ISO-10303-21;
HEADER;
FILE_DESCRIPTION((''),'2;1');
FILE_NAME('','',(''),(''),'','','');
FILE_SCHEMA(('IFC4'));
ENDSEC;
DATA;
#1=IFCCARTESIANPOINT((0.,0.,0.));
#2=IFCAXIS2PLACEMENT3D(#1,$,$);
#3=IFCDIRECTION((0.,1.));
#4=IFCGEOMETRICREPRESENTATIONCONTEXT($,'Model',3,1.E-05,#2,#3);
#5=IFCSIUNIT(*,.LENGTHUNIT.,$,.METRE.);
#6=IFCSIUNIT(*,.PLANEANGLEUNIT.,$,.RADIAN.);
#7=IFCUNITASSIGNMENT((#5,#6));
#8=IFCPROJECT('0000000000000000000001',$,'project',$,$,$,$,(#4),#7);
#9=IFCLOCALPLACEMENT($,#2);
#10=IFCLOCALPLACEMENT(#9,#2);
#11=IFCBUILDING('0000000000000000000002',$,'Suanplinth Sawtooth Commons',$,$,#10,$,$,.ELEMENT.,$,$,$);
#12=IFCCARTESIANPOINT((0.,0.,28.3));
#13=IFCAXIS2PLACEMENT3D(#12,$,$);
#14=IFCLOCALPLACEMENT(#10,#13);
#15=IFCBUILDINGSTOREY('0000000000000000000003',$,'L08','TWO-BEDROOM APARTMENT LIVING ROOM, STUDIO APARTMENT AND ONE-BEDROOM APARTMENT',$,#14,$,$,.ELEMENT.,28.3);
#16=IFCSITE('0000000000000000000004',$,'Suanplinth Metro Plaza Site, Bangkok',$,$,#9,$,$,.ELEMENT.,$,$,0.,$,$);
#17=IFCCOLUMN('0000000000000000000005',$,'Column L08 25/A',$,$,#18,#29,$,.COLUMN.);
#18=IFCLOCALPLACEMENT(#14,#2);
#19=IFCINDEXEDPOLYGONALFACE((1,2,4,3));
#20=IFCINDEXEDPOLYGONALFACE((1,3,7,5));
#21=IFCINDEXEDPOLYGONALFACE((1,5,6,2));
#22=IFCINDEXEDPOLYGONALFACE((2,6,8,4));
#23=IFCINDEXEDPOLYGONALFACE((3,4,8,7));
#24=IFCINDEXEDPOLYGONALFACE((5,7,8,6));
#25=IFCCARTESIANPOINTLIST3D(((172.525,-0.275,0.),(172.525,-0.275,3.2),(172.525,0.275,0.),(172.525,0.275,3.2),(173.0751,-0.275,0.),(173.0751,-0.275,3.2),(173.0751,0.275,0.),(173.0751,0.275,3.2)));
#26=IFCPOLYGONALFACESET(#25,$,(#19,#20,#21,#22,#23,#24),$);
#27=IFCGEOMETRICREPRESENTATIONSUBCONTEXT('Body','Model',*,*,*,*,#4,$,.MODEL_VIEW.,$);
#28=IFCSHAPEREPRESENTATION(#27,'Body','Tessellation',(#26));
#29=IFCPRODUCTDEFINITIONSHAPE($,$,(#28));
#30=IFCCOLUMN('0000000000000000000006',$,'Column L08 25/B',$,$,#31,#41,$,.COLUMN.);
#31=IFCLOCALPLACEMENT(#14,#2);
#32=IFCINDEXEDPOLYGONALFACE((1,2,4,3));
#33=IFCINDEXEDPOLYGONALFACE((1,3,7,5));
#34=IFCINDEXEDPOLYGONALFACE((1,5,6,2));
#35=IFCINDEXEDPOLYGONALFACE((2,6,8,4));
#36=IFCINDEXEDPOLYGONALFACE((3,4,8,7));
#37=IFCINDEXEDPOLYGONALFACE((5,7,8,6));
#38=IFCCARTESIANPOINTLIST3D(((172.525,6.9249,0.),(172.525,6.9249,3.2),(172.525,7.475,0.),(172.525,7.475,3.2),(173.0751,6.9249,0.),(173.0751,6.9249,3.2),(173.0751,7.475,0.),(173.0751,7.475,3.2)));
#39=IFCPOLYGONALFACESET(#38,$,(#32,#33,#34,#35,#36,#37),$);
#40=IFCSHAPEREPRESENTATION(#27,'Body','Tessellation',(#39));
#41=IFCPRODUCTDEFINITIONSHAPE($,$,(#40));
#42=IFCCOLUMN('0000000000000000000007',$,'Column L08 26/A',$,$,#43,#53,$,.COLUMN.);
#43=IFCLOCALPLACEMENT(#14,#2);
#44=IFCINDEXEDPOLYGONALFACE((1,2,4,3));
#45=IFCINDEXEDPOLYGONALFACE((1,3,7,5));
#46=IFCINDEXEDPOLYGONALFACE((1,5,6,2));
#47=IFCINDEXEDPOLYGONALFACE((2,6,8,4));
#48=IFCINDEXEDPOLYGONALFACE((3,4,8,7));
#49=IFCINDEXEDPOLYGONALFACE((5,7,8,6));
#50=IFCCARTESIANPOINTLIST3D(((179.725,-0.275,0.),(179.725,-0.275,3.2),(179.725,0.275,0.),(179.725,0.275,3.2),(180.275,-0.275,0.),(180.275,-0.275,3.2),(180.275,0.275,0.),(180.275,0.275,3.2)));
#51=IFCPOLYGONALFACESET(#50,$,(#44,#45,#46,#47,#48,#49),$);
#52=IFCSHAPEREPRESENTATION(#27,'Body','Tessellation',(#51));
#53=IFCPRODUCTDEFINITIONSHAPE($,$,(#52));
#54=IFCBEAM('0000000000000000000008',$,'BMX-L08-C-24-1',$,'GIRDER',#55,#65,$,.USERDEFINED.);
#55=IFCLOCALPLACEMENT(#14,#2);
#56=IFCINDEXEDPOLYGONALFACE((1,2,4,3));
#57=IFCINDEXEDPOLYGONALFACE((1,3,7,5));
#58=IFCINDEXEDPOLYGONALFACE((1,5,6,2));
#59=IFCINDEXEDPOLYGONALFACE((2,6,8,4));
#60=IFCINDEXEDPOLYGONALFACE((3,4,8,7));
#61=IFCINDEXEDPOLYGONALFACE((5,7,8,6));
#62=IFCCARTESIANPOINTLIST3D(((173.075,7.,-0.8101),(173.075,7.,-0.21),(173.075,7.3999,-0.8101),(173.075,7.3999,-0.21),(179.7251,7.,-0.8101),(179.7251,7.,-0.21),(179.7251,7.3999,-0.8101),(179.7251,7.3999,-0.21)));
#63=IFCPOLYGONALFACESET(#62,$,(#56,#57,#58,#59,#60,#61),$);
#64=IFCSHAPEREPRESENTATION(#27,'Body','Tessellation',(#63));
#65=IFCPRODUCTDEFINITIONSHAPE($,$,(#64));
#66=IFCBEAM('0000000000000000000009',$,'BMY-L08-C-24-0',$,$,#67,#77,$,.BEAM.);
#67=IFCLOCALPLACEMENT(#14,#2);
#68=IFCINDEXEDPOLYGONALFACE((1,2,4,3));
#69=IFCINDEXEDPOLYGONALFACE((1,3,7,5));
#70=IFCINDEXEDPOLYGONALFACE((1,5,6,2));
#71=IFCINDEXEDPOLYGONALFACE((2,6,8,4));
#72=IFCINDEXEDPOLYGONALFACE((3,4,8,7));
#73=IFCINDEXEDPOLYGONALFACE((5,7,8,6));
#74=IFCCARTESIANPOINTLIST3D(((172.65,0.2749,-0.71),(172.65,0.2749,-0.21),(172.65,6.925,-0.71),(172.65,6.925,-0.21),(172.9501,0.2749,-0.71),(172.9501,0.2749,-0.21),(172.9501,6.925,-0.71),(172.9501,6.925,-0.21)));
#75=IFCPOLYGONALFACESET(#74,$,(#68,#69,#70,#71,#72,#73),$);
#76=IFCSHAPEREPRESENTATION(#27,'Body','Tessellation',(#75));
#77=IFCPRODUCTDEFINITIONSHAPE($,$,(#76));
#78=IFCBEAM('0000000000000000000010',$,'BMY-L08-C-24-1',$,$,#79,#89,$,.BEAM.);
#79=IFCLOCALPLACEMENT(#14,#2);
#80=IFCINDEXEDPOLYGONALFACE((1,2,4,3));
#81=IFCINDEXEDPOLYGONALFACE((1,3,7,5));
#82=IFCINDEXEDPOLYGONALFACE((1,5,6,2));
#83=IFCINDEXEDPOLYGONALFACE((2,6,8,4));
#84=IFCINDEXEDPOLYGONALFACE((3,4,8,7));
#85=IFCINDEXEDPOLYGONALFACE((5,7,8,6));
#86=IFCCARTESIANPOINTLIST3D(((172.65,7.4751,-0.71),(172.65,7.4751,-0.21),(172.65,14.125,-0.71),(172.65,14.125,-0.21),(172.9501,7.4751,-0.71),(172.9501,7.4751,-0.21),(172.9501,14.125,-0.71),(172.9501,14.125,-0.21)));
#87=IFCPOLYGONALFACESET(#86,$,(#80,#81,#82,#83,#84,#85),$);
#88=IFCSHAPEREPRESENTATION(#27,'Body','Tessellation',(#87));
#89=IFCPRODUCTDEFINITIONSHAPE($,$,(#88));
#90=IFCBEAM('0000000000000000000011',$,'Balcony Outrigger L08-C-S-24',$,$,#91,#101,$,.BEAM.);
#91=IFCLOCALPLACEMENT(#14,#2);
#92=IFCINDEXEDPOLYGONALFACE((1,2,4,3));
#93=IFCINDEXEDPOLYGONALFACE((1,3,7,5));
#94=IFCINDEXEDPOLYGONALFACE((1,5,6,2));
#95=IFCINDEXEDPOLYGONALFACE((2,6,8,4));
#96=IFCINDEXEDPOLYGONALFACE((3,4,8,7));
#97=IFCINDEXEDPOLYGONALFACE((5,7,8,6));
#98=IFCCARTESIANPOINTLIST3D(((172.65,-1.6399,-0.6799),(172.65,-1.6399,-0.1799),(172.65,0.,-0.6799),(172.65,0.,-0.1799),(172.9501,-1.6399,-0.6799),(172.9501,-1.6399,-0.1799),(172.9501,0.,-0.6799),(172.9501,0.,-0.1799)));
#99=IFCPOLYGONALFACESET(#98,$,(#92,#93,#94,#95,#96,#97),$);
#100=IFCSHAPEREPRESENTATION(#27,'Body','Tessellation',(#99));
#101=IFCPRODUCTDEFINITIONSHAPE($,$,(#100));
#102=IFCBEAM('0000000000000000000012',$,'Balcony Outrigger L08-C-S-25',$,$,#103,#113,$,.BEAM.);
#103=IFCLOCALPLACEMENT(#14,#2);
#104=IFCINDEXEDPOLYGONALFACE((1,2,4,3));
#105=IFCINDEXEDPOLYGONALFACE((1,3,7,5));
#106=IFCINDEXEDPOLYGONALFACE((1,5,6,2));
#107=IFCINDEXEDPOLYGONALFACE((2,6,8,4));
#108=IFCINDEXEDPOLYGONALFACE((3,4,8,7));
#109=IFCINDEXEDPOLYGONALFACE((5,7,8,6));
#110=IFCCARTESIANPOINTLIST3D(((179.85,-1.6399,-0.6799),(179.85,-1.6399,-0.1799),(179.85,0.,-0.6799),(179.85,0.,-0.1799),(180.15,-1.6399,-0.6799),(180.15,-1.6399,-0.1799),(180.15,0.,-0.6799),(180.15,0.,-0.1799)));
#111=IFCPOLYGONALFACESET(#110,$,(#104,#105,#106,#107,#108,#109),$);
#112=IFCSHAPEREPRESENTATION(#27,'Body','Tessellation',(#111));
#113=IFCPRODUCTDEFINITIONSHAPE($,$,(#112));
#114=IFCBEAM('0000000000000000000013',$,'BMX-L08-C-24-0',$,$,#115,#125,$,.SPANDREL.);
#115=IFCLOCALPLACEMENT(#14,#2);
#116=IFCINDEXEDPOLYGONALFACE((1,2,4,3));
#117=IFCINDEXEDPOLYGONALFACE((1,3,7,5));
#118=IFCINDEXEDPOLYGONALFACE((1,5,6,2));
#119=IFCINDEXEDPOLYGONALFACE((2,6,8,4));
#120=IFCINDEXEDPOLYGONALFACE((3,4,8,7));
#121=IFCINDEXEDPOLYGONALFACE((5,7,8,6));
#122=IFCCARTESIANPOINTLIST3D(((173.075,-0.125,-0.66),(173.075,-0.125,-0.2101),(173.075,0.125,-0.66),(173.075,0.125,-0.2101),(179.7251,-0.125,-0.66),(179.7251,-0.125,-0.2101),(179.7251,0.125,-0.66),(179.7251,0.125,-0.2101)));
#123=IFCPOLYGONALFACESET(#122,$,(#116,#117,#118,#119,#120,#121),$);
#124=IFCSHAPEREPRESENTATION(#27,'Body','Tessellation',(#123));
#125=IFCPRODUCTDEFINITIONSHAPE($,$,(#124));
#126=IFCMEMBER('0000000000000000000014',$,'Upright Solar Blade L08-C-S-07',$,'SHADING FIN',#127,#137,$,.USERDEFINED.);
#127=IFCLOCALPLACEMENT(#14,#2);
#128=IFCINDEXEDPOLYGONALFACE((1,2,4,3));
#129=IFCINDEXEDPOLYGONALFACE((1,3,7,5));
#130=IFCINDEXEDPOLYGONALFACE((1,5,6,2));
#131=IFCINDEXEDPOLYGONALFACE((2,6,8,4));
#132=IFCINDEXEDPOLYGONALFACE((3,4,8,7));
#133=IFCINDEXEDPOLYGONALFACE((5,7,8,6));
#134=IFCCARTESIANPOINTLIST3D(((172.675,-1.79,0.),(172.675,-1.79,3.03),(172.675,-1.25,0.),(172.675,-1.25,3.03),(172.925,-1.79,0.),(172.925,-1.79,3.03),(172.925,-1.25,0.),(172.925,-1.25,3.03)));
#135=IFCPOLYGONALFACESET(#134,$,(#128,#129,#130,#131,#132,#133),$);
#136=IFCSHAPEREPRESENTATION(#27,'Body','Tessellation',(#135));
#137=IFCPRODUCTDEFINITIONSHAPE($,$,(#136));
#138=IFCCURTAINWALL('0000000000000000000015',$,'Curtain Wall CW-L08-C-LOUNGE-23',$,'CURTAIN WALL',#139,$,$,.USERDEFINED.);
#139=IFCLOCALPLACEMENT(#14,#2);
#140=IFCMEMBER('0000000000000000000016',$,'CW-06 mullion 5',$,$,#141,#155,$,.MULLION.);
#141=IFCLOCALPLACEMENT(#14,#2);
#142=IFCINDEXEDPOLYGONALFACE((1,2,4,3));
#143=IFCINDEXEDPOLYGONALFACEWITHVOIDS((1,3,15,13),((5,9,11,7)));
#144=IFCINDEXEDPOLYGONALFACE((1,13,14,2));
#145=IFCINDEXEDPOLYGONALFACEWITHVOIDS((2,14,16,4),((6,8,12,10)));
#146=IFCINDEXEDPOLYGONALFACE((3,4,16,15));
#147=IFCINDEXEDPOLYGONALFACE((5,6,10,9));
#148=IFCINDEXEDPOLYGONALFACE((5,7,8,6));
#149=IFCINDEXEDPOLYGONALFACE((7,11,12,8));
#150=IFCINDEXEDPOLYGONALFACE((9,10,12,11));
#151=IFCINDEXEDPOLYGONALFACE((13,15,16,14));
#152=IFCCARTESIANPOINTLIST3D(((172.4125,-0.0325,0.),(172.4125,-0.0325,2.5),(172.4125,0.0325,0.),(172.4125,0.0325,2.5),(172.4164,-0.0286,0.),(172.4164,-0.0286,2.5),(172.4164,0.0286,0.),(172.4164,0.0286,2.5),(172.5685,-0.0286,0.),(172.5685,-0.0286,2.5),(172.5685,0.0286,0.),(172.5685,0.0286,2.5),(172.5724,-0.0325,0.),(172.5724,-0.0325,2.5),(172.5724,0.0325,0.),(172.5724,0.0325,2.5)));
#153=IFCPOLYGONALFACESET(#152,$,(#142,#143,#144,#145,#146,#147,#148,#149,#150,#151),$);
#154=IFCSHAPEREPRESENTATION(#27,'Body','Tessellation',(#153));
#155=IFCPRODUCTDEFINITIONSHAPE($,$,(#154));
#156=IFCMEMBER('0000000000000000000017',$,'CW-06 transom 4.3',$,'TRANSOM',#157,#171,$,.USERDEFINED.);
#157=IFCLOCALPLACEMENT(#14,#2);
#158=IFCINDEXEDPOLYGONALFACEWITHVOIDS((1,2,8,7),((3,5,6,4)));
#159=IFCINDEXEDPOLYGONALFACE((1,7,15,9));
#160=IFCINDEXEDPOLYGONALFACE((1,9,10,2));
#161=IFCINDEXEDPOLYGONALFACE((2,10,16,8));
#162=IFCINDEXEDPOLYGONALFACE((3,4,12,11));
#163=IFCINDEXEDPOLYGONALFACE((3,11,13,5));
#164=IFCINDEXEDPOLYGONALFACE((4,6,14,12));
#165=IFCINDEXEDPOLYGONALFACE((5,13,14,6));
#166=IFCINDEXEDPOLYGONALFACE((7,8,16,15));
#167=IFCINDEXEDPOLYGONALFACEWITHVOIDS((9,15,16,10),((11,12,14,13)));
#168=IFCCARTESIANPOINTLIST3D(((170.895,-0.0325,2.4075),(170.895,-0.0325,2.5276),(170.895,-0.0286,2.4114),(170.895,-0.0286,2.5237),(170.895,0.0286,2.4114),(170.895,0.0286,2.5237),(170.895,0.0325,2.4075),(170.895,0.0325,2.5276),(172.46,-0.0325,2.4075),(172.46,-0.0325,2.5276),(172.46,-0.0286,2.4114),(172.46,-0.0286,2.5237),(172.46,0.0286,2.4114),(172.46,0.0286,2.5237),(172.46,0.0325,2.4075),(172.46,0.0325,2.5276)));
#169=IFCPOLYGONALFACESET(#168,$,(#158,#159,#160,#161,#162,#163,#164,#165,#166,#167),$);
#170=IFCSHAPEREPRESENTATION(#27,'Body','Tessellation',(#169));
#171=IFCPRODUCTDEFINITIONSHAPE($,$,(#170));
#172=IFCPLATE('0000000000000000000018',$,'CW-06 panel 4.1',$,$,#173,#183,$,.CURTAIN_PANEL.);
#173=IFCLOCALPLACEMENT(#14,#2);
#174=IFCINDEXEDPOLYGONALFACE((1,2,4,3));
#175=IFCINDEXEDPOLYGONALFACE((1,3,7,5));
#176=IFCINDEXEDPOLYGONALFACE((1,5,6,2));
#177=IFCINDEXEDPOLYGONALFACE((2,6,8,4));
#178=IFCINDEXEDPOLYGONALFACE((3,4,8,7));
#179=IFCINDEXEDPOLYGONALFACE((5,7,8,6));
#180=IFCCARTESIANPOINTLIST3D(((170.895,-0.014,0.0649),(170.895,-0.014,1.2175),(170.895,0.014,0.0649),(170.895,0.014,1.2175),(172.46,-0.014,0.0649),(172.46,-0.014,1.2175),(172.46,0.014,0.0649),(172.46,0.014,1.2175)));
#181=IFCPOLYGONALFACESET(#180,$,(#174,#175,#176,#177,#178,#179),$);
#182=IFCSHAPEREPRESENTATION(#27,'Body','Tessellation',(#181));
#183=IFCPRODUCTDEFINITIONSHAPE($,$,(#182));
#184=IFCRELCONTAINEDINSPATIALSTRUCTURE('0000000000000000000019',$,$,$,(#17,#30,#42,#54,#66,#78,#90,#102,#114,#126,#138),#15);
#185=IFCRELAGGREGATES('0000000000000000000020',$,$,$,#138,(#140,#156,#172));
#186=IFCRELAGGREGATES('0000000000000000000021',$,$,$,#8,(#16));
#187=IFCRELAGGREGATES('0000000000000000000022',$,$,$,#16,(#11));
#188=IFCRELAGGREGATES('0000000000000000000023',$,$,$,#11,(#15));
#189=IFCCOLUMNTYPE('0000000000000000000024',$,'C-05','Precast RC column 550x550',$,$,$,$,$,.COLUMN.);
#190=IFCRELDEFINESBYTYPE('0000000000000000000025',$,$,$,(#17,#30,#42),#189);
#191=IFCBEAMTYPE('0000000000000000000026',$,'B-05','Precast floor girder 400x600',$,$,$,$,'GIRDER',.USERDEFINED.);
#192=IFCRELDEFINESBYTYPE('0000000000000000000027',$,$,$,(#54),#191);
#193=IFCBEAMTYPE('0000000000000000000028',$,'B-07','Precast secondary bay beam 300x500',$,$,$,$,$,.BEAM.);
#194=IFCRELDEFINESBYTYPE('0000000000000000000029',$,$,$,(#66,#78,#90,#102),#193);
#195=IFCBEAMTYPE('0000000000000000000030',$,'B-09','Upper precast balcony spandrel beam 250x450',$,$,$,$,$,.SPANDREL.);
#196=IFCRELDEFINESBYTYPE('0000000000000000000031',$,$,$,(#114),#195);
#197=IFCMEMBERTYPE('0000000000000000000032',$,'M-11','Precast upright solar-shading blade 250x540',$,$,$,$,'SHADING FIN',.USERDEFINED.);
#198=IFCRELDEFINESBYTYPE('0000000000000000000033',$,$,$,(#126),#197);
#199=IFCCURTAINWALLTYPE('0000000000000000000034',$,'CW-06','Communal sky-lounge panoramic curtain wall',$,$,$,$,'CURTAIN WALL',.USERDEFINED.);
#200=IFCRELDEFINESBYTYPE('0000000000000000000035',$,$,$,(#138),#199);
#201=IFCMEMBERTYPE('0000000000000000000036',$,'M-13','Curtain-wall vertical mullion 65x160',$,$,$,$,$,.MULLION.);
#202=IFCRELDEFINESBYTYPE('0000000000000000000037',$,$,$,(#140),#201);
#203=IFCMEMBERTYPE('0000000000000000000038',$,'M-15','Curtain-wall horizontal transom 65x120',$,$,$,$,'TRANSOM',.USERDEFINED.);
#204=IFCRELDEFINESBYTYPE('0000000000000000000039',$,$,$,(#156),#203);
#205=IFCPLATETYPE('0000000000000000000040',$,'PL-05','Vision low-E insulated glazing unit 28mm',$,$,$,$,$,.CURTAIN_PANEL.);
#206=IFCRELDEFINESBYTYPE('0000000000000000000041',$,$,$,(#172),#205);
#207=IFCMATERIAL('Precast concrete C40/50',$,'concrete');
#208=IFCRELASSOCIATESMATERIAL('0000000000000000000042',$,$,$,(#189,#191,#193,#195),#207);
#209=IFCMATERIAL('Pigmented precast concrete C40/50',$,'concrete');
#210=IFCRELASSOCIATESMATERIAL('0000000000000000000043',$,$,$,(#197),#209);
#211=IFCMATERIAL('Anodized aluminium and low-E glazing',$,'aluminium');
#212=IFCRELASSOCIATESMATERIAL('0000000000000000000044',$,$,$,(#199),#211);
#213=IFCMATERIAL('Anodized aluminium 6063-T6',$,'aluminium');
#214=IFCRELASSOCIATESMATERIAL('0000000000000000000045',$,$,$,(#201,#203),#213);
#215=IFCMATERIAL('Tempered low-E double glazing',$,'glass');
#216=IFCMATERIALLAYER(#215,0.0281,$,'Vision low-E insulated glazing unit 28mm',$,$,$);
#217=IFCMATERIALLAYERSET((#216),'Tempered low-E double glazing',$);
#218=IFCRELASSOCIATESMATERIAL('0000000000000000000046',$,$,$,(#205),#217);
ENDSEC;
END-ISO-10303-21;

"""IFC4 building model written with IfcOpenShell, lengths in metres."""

from ifc_helpers import new_model, si_unit, direction, frame, origin, origin_2d, place, context, subcontext, project, spatial, rectangle, hollow_rectangle, extrude, material, layer, layer_set, material_profile, profile_set, type_object, element, aggregate, save


model = new_model("IFC4")

# Units and contexts
model_context = context("Model", 3, precision=1e-05, world=origin(), true_north=direction((0.0, 1.0)))
body_context = subcontext(model_context, "Body", "Model", "MODEL_VIEW")
ifc_project = project(units=[si_unit("LENGTHUNIT", "METRE"), si_unit("PLANEANGLEUNIT", "RADIAN")], contexts=[model_context])

# Site, building, storey
site_placement = place(None, origin())
site = spatial("IfcSite", under=ifc_project, at=site_placement, Name="Suanplinth Metro Plaza Site, Bangkok", CompositionType="ELEMENT", RefElevation=0.0)
building_placement = place(site_placement, origin())
building = spatial("IfcBuilding", under=site, at=building_placement, Name="Suanplinth Sawtooth Commons", CompositionType="ELEMENT")
storey_placement = place(building_placement, frame((0.0, 0.0, 28.3)))
storey = spatial("IfcBuildingStorey", under=building, at=storey_placement, Name="L08", Description="TWO-BEDROOM APARTMENT LIVING ROOM, STUDIO APARTMENT AND ONE-BEDROOM APARTMENT", CompositionType="ELEMENT", Elevation=28.3)

# Columns
ifc_material_1 = material(Name="Precast concrete C40/50", Category="concrete")
ifc_material_profile_1 = material_profile(ifc_material_1, rectangle(XDim=0.55, YDim=0.55, at=origin_2d()), Name="PC-COL 550x550")
ifc_profile_set_1 = profile_set([ifc_material_profile_1], Name="Precast concrete C40/50")
column_type = type_object("IfcColumnType", Name="C-05", Description="Precast RC column 550x550", PredefinedType="COLUMN", material=ifc_profile_set_1)
for number, where, z_axis, x_axis, name in (
    (1, (172.8, 0.0, 0.0), (0.0, 0.0, 1.0), (1.0, 0.0, 0.0), "Column L08 25/A"),
    (2, (172.8, 7.2, 0.0), (0.0, 0.0, 1.0), (1.0, 0.0, 0.0), "Column L08 25/B"),
    (3, (180.0, 0.0, 0.0), (0.0, 0.0, 1.0), (1.0, 0.0, 0.0), "Column L08 26/A"),
):
    element("IfcColumn", number, at=place(storey_placement, frame(where, z_axis=z_axis, x_axis=x_axis)), inside=storey, type_object=column_type, Name=name, PredefinedType="COLUMN", context=body_context, shape_type="SweptSolid", body=[
        extrude(rectangle(XDim=0.55, YDim=0.55, at=origin_2d()), origin(), (0.0, 0.0, 1.0), 3.2),
    ])

# Beams
ifc_material_profile_2 = material_profile(ifc_material_1, rectangle(XDim=0.3999, YDim=0.6001, at=origin_2d()), Name="PC-GDR 400x600")
ifc_profile_set_2 = profile_set([ifc_material_profile_2], Name="Precast concrete C40/50")
beam_type_1 = type_object("IfcBeamType", Name="B-05", Description="Precast floor girder 400x600", ElementType="GIRDER", PredefinedType="USERDEFINED", material=ifc_profile_set_2)
beam_1_placement = place(storey_placement, frame((173.075, 7.2, -0.51), z_axis=(1.0, 0.0, 0.0), x_axis=(0.0, 1.0, 0.0)))
element("IfcBeam", 4, at=beam_1_placement, inside=storey, type_object=beam_type_1, Name="BMX-L08-C-24-1", ObjectType="GIRDER", PredefinedType="USERDEFINED", context=body_context, shape_type="SweptSolid", body=[
    extrude(rectangle(XDim=0.3999, YDim=0.6001, at=origin_2d()), origin(), (0.0, 0.0, 1.0), 6.6501),
])
ifc_material_profile_3 = material_profile(ifc_material_1, rectangle(XDim=0.3, YDim=0.5, at=origin_2d()), Name="PC-BM 300x500")
ifc_profile_set_3 = profile_set([ifc_material_profile_3], Name="Precast concrete C40/50")
beam_type_2 = type_object("IfcBeamType", Name="B-07", Description="Precast secondary bay beam 300x500", PredefinedType="BEAM", material=ifc_profile_set_3)
beam_2_placement = place(storey_placement, frame((172.8, 0.2749, -0.46), z_axis=(0.0, 1.0, 0.0), x_axis=(-1.0, 0.0, 0.0)))
element("IfcBeam", 5, at=beam_2_placement, inside=storey, type_object=beam_type_2, Name="BMY-L08-C-24-0", PredefinedType="BEAM", context=body_context, shape_type="SweptSolid", body=[
    extrude(rectangle(XDim=0.3, YDim=0.5, at=origin_2d()), origin(), (0.0, 0.0, 1.0), 6.6501),
])
beam_3_placement = place(storey_placement, frame((172.8, 7.4751, -0.46), z_axis=(0.0, 1.0, 0.0), x_axis=(-1.0, 0.0, 0.0)))
element("IfcBeam", 6, at=beam_3_placement, inside=storey, type_object=beam_type_2, Name="BMY-L08-C-24-1", PredefinedType="BEAM", context=body_context, shape_type="SweptSolid", body=[
    extrude(rectangle(XDim=0.3, YDim=0.5, at=origin_2d()), origin(), (0.0, 0.0, 1.0), 6.6499),
])
for number, where, z_axis, x_axis, name in (
    (7, (172.8, 0.0, -0.4299), (0.0, -1.0, 0.0), (1.0, 0.0, 0.0), "Balcony Outrigger L08-C-S-24"),
    (8, (180.0, 0.0, -0.4299), (0.0, -1.0, 0.0), (1.0, 0.0, 0.0), "Balcony Outrigger L08-C-S-25"),
):
    element("IfcBeam", number, at=place(storey_placement, frame(where, z_axis=z_axis, x_axis=x_axis)), inside=storey, type_object=beam_type_2, Name=name, PredefinedType="BEAM", context=body_context, shape_type="SweptSolid", body=[
        extrude(rectangle(XDim=0.3, YDim=0.5, at=origin_2d()), origin(), (0.0, 0.0, 1.0), 1.6399),
    ])
ifc_material_profile_4 = material_profile(ifc_material_1, rectangle(XDim=0.25, YDim=0.45, at=origin_2d()), Name="PC-SP 250x450")
ifc_profile_set_4 = profile_set([ifc_material_profile_4], Name="Precast concrete C40/50")
beam_type_3 = type_object("IfcBeamType", Name="B-09", Description="Upper precast balcony spandrel beam 250x450", PredefinedType="SPANDREL", material=ifc_profile_set_4)
beam_4_placement = place(storey_placement, frame((173.075, 0.0, -0.4351), z_axis=(1.0, 0.0, 0.0), x_axis=(0.0, 1.0, 0.0)))
element("IfcBeam", 9, at=beam_4_placement, inside=storey, type_object=beam_type_3, Name="BMX-L08-C-24-0", PredefinedType="SPANDREL", context=body_context, shape_type="SweptSolid", body=[
    extrude(rectangle(XDim=0.25, YDim=0.45, at=origin_2d()), origin(), (0.0, 0.0, 1.0), 6.6501),
])

# Member
ifc_material_2 = material(Name="Pigmented precast concrete C40/50", Category="concrete")
ifc_material_profile_5 = material_profile(ifc_material_2, rectangle(XDim=0.25, YDim=0.54, at=origin_2d()), Name="PC-FIN 250x540")
ifc_profile_set_5 = profile_set([ifc_material_profile_5], Name="Pigmented precast concrete C40/50")
member_type_1 = type_object("IfcMemberType", Name="M-11", Description="Precast upright solar-shading blade 250x540", ElementType="SHADING FIN", PredefinedType="USERDEFINED", material=ifc_profile_set_5)
member_1_placement = place(storey_placement, frame((172.8, -1.52, 0.0), z_axis=(0.0, 0.0, 1.0), x_axis=(1.0, 0.0, 0.0)))
element("IfcMember", 10, at=member_1_placement, inside=storey, type_object=member_type_1, Name="Upright Solar Blade L08-C-S-07", ObjectType="SHADING FIN", PredefinedType="USERDEFINED", context=body_context, shape_type="SweptSolid", body=[
    extrude(rectangle(XDim=0.25, YDim=0.54, at=origin_2d()), origin(), (0.0, 0.0, 1.0), 3.03),
])

# Curtain wall, members, plate
ifc_material_3 = material(Name="Anodized aluminium and low-E glazing", Category="aluminium")
curtain_wall_type = type_object("IfcCurtainWallType", Name="CW-06", Description="Communal sky-lounge panoramic curtain wall", ElementType="CURTAIN WALL", PredefinedType="USERDEFINED", material=ifc_material_3)
curtain_wall_placement = place(storey_placement, origin())
curtain_wall = element("IfcCurtainWall", 11, at=curtain_wall_placement, inside=storey, type_object=curtain_wall_type, Name="Curtain Wall CW-L08-C-LOUNGE-23", ObjectType="CURTAIN WALL", PredefinedType="USERDEFINED")
ifc_material_4 = material(Name="Anodized aluminium 6063-T6", Category="aluminium")
ifc_material_profile_6 = material_profile(ifc_material_4, hollow_rectangle(XDim=0.0649, YDim=0.1599, WallThickness=0.0039, at=origin_2d()), Name="ALU-MUL 65x160")
ifc_profile_set_6 = profile_set([ifc_material_profile_6], Name="Anodized aluminium 6063-T6")
member_type_2 = type_object("IfcMemberType", Name="M-13", Description="Curtain-wall vertical mullion 65x160", PredefinedType="MULLION", material=ifc_profile_set_6)
member_2_placement = place(storey_placement, frame((172.4924, 0.0, 0.0), z_axis=(0.0, 0.0, 1.0), x_axis=(0.0, 1.0, 0.0)))
member_2 = element("IfcMember", 12, at=member_2_placement, type_object=member_type_2, Name="CW-06 mullion 5", PredefinedType="MULLION", context=body_context, shape_type="SweptSolid", body=[
    extrude(hollow_rectangle(XDim=0.0649, YDim=0.1599, WallThickness=0.0039, at=origin_2d()), origin(), (0.0, 0.0, 1.0), 2.5),
])
ifc_material_profile_7 = material_profile(ifc_material_4, hollow_rectangle(XDim=0.0649, YDim=0.1201, WallThickness=0.0039, at=origin_2d()), Name="ALU-TRN 65x120")
ifc_profile_set_7 = profile_set([ifc_material_profile_7], Name="Anodized aluminium 6063-T6")
member_type_3 = type_object("IfcMemberType", Name="M-15", Description="Curtain-wall horizontal transom 65x120", ElementType="TRANSOM", PredefinedType="USERDEFINED", material=ifc_profile_set_7)
member_3_placement = place(storey_placement, frame((170.895, 0.0, 2.4675), z_axis=(1.0, 0.0, 0.0), x_axis=(0.0, 1.0, 0.0)))
member_3 = element("IfcMember", 13, at=member_3_placement, type_object=member_type_3, Name="CW-06 transom 4.3", ObjectType="TRANSOM", PredefinedType="USERDEFINED", context=body_context, shape_type="SweptSolid", body=[
    extrude(hollow_rectangle(XDim=0.0649, YDim=0.1201, WallThickness=0.0039, at=origin_2d()), origin(), (0.0, 0.0, 1.0), 1.5649),
])
ifc_material_5 = material(Name="Tempered low-E double glazing", Category="glass")
ifc_layer_1 = layer(ifc_material_5, 0.0281, Name="Vision low-E insulated glazing unit 28mm")
ifc_layer_set_1 = layer_set([ifc_layer_1], Name="Tempered low-E double glazing")
plate_type = type_object("IfcPlateType", Name="PL-05", Description="Vision low-E insulated glazing unit 28mm", PredefinedType="CURTAIN_PANEL", material=ifc_layer_set_1)
plate_1_placement = place(storey_placement, frame((171.6775, 0.0, 0.0649), z_axis=(0.0, 0.0, 1.0), x_axis=(1.0, 0.0, 0.0)))
plate_1 = element("IfcPlate", 14, at=plate_1_placement, type_object=plate_type, Name="CW-06 panel 4.1", PredefinedType="CURTAIN_PANEL", context=body_context, shape_type="SweptSolid", body=[
    extrude(rectangle(XDim=1.5649, YDim=0.0281, at=origin_2d()), origin(), (0.0, 0.0, 1.0), 1.1526),
])
aggregate(curtain_wall, [member_2, member_3, plate_1])

save(model, "model.ifc")
